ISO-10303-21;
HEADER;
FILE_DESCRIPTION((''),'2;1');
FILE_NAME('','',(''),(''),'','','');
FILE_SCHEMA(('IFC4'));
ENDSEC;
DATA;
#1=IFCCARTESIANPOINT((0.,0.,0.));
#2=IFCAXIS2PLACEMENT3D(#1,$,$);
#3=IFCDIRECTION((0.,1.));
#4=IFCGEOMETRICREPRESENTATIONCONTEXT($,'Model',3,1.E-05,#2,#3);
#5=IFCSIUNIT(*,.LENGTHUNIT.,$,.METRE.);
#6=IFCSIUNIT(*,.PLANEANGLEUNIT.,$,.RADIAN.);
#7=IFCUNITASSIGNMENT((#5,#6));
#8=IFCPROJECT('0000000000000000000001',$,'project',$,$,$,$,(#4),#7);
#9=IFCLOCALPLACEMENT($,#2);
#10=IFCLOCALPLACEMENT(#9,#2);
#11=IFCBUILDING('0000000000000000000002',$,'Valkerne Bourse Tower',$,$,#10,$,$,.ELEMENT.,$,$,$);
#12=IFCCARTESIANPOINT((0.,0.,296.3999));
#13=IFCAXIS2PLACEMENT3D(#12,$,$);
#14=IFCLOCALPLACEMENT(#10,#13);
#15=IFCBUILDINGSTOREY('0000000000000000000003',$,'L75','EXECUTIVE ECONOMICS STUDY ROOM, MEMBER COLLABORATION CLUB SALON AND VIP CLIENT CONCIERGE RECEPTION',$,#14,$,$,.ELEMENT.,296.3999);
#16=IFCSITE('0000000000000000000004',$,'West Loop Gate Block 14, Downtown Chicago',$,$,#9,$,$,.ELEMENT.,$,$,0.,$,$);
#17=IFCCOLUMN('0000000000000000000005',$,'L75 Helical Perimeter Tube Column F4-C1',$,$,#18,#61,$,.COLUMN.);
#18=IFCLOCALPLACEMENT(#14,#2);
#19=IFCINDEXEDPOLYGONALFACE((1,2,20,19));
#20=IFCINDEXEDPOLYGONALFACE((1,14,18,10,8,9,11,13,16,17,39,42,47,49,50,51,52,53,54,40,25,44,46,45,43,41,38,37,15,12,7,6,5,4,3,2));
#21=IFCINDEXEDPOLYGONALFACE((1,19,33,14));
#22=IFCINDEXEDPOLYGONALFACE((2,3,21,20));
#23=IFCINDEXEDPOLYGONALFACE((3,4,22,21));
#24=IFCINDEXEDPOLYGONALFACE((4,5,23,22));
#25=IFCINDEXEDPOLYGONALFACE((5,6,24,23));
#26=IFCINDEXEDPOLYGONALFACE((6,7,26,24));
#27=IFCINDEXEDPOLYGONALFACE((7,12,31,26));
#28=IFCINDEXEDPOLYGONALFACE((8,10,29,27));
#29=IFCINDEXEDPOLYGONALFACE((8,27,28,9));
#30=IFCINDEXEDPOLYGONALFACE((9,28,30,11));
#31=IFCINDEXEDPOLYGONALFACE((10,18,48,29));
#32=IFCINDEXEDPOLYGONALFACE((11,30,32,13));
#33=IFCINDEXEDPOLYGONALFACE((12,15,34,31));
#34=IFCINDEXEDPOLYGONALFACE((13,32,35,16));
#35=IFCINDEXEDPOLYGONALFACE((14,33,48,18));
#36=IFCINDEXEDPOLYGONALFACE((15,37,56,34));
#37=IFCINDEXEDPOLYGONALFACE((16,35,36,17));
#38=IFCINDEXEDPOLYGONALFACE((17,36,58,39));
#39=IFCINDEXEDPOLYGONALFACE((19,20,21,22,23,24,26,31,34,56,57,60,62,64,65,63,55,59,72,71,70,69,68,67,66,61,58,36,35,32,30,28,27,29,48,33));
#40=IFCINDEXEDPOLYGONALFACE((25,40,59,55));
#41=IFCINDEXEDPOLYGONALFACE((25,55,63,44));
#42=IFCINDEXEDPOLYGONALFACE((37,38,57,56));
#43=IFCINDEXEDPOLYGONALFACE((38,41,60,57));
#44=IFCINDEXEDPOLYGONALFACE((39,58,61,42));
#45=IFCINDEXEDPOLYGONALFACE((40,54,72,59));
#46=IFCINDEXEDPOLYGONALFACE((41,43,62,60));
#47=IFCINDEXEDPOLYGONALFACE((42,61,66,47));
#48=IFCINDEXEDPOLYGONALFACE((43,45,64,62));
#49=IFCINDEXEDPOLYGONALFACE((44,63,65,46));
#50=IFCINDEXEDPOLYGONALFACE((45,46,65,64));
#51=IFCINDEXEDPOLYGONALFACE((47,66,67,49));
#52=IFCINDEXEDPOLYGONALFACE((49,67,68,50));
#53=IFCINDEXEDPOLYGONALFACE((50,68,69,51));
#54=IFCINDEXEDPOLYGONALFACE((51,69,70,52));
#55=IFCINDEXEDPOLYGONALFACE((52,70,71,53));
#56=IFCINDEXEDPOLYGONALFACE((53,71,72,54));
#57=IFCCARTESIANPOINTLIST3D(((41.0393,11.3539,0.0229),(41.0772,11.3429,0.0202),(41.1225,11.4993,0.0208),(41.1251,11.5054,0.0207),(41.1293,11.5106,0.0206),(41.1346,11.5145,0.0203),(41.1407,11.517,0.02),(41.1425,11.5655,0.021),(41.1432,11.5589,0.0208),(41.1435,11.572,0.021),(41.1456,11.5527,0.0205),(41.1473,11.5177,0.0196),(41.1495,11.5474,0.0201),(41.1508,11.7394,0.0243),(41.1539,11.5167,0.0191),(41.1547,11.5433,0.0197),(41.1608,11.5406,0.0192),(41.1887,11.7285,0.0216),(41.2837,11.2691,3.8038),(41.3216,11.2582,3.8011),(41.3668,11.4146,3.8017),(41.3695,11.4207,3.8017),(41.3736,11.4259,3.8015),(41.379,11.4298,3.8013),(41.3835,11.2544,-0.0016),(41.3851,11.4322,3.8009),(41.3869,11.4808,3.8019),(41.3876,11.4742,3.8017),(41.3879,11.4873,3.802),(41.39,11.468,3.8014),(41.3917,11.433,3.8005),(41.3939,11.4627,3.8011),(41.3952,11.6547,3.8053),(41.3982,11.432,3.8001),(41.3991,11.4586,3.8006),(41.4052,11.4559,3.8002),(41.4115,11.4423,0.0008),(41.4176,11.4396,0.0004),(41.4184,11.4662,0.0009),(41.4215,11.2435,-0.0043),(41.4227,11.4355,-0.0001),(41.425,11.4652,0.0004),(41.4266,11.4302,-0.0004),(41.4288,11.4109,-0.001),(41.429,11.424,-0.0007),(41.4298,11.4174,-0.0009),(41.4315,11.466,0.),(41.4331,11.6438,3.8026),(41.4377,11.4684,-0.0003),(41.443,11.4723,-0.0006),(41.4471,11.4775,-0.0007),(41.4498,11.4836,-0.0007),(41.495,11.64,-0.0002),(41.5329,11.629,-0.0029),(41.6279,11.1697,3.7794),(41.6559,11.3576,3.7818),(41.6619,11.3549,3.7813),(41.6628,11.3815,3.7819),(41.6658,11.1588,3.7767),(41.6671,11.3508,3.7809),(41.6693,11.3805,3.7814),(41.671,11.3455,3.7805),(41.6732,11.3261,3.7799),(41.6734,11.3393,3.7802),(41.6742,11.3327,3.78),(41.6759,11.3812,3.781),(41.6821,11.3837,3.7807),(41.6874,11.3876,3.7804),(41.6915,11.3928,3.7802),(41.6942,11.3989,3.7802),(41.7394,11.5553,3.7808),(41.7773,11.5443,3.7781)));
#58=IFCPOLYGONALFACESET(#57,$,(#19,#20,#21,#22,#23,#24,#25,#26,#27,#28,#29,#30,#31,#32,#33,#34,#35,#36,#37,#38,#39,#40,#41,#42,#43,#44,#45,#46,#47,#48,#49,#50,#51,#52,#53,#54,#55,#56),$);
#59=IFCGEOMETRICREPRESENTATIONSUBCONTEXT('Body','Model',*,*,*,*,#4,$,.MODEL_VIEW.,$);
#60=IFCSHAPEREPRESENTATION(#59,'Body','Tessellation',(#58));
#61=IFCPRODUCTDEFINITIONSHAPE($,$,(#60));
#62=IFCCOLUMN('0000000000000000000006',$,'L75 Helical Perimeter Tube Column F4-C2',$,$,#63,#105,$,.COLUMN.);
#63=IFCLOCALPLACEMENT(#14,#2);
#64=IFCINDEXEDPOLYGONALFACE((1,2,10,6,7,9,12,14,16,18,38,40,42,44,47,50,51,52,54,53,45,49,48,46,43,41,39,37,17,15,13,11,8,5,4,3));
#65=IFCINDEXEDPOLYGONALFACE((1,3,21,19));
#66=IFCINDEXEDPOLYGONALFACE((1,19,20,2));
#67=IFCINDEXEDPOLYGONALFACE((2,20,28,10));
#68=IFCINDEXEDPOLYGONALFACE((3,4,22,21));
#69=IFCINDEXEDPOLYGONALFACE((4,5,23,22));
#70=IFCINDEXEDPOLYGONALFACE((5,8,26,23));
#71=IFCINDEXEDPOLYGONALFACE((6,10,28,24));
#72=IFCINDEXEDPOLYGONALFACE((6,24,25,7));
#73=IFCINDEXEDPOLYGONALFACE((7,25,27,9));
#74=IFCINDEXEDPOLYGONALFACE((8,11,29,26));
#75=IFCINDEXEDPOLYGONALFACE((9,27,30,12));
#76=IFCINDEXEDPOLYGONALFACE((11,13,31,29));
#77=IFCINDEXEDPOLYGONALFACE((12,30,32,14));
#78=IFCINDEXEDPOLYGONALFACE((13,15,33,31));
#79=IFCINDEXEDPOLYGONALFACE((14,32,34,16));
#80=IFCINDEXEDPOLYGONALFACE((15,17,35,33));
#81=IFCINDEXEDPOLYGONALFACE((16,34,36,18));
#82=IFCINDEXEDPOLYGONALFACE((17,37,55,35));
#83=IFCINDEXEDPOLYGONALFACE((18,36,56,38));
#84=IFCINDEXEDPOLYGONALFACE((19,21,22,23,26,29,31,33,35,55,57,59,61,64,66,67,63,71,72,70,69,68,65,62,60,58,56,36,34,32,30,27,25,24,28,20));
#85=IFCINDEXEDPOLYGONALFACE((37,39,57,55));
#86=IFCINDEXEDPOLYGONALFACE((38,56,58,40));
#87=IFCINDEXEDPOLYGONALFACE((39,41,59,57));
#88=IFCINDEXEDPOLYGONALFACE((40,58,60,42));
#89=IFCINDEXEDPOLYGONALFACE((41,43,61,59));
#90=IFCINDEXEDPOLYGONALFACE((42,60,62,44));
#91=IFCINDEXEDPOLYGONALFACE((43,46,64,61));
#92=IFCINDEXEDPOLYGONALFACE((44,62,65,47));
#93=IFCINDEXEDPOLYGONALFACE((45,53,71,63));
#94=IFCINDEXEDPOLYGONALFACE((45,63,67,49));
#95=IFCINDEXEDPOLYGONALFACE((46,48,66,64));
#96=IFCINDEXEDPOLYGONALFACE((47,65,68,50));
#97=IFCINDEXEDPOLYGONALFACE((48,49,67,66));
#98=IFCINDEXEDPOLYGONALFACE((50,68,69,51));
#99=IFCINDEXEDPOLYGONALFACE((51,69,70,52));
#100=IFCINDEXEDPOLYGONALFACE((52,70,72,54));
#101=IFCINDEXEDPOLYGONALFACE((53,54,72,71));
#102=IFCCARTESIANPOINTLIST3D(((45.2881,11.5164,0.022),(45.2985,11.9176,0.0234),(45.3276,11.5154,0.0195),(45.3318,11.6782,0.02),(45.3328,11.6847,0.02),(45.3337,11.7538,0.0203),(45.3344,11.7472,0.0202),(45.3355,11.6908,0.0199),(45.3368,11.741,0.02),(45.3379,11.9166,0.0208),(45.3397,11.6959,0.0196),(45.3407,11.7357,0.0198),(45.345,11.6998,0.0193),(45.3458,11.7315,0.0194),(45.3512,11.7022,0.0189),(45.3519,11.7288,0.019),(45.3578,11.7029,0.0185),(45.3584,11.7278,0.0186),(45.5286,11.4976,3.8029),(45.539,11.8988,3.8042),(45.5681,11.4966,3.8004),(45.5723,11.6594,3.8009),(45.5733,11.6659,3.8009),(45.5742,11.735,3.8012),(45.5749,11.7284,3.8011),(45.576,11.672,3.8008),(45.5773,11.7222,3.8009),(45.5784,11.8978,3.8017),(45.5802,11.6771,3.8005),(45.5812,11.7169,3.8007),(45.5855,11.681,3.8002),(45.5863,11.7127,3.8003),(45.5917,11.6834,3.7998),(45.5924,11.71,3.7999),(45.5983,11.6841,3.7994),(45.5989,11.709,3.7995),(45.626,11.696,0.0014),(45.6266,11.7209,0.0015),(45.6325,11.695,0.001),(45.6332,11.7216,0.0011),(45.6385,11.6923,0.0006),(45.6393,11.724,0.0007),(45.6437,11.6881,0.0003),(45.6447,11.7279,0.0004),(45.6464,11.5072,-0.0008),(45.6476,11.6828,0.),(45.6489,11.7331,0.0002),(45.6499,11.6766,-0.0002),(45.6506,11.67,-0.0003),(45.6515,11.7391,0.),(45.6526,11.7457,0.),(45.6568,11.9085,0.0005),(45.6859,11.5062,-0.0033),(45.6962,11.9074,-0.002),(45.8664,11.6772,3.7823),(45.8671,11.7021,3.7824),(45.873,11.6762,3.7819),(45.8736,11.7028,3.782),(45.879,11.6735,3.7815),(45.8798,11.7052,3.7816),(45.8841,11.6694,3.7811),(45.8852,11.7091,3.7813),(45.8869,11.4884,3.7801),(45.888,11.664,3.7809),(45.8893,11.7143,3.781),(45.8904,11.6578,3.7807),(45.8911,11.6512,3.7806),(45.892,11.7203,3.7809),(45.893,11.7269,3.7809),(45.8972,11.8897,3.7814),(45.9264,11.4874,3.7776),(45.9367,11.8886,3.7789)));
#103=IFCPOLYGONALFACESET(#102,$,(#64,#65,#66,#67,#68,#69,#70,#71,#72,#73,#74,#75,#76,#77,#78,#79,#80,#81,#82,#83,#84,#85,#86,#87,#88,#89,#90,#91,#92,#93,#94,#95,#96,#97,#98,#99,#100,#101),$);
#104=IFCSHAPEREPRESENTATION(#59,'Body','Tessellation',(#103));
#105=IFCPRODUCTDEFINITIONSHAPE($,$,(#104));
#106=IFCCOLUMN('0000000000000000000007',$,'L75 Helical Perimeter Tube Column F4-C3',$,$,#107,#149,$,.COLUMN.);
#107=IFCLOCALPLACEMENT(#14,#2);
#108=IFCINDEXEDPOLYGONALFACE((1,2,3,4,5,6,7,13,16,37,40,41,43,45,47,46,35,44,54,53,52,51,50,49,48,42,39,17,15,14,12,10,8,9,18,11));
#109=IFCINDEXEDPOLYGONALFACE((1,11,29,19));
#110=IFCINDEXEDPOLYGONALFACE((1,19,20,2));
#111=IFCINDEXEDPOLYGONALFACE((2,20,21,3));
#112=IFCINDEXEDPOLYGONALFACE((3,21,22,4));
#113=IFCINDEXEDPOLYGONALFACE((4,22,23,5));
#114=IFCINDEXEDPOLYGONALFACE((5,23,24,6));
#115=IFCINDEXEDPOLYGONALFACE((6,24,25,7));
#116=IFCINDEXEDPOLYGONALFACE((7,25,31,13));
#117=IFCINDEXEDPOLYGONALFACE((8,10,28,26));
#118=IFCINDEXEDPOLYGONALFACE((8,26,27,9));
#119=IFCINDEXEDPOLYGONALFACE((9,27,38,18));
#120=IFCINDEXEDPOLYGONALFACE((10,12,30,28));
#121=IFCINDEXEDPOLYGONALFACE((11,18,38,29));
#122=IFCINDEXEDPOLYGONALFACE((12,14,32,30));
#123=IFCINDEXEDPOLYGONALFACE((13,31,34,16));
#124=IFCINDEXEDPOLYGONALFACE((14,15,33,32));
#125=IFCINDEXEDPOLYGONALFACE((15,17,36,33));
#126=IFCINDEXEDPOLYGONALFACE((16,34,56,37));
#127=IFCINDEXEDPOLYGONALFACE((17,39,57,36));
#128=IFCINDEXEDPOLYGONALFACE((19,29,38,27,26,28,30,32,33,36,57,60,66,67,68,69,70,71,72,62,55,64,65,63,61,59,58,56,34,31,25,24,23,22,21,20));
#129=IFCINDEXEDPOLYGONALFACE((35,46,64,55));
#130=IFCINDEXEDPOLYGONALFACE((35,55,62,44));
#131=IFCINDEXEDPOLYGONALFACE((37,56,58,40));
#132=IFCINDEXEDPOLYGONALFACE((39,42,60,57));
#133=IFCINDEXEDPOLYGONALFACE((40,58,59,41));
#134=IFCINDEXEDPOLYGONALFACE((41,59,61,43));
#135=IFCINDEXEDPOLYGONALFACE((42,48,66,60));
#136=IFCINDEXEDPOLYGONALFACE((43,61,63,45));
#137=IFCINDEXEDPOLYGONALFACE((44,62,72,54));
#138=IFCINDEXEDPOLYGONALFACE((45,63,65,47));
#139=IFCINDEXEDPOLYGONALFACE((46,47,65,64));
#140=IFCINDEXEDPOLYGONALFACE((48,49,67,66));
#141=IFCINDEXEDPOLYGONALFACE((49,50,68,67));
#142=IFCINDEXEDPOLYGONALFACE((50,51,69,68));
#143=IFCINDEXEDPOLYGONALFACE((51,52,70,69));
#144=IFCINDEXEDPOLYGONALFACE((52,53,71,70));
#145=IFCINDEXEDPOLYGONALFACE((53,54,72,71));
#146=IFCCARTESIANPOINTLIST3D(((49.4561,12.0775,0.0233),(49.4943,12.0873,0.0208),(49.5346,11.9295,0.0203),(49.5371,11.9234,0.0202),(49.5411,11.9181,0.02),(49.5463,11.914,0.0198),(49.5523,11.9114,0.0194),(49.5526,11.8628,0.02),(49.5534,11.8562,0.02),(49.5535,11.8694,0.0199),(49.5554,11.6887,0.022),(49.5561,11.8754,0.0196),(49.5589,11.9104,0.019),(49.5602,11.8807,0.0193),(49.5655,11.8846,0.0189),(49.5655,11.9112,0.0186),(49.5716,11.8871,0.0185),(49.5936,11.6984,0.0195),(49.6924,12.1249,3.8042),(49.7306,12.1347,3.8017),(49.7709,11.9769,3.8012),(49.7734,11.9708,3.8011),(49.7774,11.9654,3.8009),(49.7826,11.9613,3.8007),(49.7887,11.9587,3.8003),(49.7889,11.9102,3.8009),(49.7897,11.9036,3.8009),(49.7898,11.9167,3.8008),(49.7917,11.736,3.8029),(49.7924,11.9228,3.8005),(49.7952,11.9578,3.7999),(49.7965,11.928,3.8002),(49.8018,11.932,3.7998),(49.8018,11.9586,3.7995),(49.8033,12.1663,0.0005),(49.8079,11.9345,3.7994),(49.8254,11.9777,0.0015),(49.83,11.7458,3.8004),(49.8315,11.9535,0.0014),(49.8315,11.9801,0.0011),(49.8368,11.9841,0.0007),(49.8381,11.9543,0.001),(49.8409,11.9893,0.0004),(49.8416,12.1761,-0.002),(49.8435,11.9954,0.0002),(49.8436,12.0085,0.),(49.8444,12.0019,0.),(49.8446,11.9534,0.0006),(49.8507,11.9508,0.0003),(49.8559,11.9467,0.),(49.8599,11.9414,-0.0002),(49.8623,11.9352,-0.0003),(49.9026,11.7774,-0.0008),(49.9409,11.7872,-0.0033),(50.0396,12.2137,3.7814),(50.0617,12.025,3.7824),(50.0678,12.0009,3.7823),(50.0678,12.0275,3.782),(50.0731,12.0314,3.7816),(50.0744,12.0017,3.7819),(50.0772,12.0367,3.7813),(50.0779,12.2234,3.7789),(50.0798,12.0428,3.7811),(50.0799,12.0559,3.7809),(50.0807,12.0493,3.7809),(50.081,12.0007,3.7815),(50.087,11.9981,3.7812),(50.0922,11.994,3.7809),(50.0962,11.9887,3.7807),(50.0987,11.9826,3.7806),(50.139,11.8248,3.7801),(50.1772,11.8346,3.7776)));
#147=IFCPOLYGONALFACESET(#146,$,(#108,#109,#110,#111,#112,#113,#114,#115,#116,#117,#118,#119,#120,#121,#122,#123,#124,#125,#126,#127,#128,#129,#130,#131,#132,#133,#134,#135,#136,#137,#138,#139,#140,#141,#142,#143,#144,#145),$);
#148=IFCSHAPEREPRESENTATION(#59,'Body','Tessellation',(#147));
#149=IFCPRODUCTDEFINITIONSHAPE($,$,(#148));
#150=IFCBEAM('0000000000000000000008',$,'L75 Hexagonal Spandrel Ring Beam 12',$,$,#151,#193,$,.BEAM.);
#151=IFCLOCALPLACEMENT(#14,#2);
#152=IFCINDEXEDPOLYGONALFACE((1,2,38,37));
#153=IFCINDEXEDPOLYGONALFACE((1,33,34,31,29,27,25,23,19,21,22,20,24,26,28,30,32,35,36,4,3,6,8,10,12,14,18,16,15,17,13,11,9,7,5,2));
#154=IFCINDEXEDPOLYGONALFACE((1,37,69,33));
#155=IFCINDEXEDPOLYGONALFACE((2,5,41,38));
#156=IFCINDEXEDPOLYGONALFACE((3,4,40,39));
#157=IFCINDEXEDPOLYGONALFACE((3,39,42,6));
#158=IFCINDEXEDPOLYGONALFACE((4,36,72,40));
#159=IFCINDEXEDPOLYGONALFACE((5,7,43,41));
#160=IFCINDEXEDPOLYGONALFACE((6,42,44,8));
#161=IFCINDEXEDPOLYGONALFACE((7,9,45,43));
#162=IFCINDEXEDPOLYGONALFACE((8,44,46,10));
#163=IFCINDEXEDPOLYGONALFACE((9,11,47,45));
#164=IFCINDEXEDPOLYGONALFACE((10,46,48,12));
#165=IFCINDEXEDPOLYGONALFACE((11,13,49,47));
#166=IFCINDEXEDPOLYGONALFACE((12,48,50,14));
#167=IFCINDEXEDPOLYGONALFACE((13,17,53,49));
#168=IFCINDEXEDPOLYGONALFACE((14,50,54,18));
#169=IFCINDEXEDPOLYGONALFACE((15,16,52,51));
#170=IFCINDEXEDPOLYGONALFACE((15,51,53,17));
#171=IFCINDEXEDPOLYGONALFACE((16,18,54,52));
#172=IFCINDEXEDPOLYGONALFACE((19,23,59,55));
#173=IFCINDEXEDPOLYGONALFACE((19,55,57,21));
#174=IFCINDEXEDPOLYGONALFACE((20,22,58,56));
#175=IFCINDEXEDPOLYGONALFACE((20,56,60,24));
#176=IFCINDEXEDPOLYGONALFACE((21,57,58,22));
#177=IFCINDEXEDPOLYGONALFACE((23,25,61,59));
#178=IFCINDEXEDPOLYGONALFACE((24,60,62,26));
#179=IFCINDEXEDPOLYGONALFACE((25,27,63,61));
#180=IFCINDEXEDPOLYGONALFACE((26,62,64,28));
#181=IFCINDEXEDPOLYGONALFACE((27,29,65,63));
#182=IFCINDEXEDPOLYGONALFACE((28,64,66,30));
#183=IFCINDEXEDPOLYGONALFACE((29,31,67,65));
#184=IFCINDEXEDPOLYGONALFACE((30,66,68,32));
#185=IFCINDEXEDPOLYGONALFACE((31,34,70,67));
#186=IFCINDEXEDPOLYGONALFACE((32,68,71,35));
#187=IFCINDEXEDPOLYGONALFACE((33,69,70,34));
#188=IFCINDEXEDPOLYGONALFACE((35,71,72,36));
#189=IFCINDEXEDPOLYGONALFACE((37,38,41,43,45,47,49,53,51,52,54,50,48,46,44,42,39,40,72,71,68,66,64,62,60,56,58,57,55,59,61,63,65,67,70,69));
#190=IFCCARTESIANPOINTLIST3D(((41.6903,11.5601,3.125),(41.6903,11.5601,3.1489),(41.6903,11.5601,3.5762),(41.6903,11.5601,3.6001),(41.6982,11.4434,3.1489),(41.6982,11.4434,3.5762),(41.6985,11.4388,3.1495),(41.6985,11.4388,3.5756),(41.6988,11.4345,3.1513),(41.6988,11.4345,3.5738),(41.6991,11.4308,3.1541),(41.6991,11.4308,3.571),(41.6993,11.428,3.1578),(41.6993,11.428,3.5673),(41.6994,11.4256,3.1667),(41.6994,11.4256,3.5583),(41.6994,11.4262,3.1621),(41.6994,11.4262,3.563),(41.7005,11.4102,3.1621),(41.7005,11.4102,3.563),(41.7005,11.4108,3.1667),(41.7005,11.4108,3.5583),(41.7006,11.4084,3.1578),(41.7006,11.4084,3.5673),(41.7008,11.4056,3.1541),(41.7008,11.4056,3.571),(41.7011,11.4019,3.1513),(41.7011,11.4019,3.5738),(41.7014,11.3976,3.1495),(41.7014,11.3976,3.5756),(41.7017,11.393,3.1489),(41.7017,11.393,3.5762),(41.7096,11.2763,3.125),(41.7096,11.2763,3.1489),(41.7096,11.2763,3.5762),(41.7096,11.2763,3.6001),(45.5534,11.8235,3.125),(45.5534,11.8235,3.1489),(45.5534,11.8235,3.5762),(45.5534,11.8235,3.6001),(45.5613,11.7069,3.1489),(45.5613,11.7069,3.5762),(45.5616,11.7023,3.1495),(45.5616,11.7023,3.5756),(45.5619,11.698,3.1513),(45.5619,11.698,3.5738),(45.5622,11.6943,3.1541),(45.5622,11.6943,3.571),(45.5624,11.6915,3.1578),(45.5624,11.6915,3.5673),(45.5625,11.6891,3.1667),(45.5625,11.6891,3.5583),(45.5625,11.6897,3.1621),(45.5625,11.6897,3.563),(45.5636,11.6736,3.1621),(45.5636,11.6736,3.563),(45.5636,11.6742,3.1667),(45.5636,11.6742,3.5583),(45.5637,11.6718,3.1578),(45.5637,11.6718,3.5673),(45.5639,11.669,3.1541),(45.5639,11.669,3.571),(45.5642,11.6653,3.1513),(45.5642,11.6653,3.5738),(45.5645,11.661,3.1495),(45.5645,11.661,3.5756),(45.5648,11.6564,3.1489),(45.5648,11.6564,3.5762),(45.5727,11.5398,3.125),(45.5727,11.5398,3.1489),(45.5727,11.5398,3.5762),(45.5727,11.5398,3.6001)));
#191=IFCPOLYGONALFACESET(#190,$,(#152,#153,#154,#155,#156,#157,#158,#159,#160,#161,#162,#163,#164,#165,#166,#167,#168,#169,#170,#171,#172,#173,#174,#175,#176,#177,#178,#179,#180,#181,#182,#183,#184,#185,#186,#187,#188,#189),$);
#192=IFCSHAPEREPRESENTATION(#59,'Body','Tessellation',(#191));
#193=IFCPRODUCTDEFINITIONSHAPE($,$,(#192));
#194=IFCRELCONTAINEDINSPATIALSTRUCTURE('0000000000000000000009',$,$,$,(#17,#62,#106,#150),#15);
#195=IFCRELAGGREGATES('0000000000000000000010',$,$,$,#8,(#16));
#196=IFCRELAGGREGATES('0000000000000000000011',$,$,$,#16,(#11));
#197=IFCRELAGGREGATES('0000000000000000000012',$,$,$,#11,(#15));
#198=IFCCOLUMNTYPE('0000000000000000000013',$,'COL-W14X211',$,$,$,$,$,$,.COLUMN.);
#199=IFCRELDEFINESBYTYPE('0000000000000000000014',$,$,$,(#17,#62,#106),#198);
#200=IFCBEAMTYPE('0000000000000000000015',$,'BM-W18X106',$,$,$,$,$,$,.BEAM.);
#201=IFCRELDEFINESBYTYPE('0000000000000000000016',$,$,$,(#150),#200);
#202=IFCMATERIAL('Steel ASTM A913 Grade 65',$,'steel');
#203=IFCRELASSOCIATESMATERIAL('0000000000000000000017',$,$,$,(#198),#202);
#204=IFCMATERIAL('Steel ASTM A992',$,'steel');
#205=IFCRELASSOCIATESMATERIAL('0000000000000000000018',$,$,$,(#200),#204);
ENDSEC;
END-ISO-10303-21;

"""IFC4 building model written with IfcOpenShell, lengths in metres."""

from ifc_helpers import new_model, si_unit, direction, frame, origin, origin_2d, place, context, subcontext, project, spatial, i_section, extrude, material, material_profile, profile_set, type_object, element, save


model = new_model("IFC4")

# Units and contexts
model_context = context("Model", 3, precision=1e-05, world=origin(), true_north=direction((0.0, 1.0)))
body_context = subcontext(model_context, "Body", "Model", "MODEL_VIEW")
ifc_project = project(units=[si_unit("LENGTHUNIT", "METRE"), si_unit("PLANEANGLEUNIT", "RADIAN")], contexts=[model_context])

# Site, building, storey
site_placement = place(None, origin())
site = spatial("IfcSite", under=ifc_project, at=site_placement, Name="West Loop Gate Block 14, Downtown Chicago", CompositionType="ELEMENT", RefElevation=0.0)
building_placement = place(site_placement, origin())
building = spatial("IfcBuilding", under=site, at=building_placement, Name="Valkerne Bourse Tower", CompositionType="ELEMENT")
storey_placement = place(building_placement, frame((0.0, 0.0, 296.3999)))
storey = spatial("IfcBuildingStorey", under=building, at=storey_placement, Name="L75", Description="EXECUTIVE ECONOMICS STUDY ROOM, MEMBER COLLABORATION CLUB SALON AND VIP CLIENT CONCIERGE RECEPTION", CompositionType="ELEMENT", Elevation=296.3999)

# Columns
ifc_material_1 = material(Name="Steel ASTM A913 Grade 65", Category="steel")
ifc_material_profile_1 = material_profile(ifc_material_1, i_section(OverallWidth=0.4014, OverallDepth=0.3987, WebThickness=0.0249, FlangeThickness=0.0396, FilletRadius=0.0254, at=origin_2d()), Name="W14X211")
ifc_profile_set_1 = profile_set([ifc_material_profile_1], Name="Steel ASTM A913 Grade 65")
column_type = type_object("IfcColumnType", Name="COL-W14X211", PredefinedType="COLUMN", material=ifc_profile_set_1)
column_placement = place(storey_placement, frame((41.2861, 11.4915, 0.01), z_axis=(0.064484, -0.022354, 0.997668), x_axis=(0.277749, 0.960647, 0.003572)))
element("IfcColumn", 1, at=column_placement, inside=storey, type_object=column_type, Name="L75 Helical Perimeter Tube Column F4-C1", PredefinedType="COLUMN", context=body_context, shape_type="SweptSolid", body=[
    extrude(i_section(OverallWidth=0.4014, OverallDepth=0.3987, WebThickness=0.0249, FlangeThickness=0.0396, FilletRadius=0.0254, at=origin_2d()), origin(), (0.0, 0.0, 1.0), 3.7898),
])
for number, where, z_axis, x_axis, name in (
    (2, (45.4922, 11.7119, 0.01), (0.063473, -0.004962, 0.997971), (0.025757, 0.999663, 0.003332), "L75 Helical Perimeter Tube Column F4-C2"),
    (3, (49.6985, 11.9324, 0.01), (0.062377, 0.012501, 0.997974), (-0.247448, 0.968895, 0.003329), "L75 Helical Perimeter Tube Column F4-C3"),
):
    element("IfcColumn", number, at=place(storey_placement, frame(where, z_axis=z_axis, x_axis=x_axis)), inside=storey, type_object=column_type, Name=name, PredefinedType="COLUMN", context=body_context, shape_type="SweptSolid", body=[
        extrude(i_section(OverallWidth=0.4014, OverallDepth=0.3987, WebThickness=0.0249, FlangeThickness=0.0396, FilletRadius=0.0254, at=origin_2d()), origin(), (0.0, 0.0, 1.0), 3.7886),
    ])

# Beam
ifc_material_2 = material(Name="Steel ASTM A992", Category="steel")
ifc_material_profile_2 = material_profile(ifc_material_2, i_section(OverallWidth=0.2844, OverallDepth=0.4751, WebThickness=0.0149, FlangeThickness=0.0239, FilletRadius=0.0178, at=origin_2d()), Name="W18X106")
ifc_profile_set_2 = profile_set([ifc_material_profile_2], Name="Steel ASTM A992")
beam_type_1 = type_object("IfcBeamType", Name="BM-W18X106", PredefinedType="BEAM", material=ifc_profile_set_2)
beam_1_placement = place(storey_placement, frame((41.7, 11.4182, 3.3625), z_axis=(0.997683, 0.068034, 0.0), x_axis=(-0.068034, 0.997683, 0.0)))
element("IfcBeam", 4, at=beam_1_placement, inside=storey, type_object=beam_type_1, Name="L75 Hexagonal Spandrel Ring Beam 12", PredefinedType="BEAM", context=body_context, shape_type="SweptSolid", body=[
    extrude(i_section(OverallWidth=0.2844, OverallDepth=0.4751, WebThickness=0.0149, FlangeThickness=0.0239, FilletRadius=0.0178, at=origin_2d()), origin(), (0.0, 0.0, 1.0), 3.8721),
])

save(model, "model.ifc")
